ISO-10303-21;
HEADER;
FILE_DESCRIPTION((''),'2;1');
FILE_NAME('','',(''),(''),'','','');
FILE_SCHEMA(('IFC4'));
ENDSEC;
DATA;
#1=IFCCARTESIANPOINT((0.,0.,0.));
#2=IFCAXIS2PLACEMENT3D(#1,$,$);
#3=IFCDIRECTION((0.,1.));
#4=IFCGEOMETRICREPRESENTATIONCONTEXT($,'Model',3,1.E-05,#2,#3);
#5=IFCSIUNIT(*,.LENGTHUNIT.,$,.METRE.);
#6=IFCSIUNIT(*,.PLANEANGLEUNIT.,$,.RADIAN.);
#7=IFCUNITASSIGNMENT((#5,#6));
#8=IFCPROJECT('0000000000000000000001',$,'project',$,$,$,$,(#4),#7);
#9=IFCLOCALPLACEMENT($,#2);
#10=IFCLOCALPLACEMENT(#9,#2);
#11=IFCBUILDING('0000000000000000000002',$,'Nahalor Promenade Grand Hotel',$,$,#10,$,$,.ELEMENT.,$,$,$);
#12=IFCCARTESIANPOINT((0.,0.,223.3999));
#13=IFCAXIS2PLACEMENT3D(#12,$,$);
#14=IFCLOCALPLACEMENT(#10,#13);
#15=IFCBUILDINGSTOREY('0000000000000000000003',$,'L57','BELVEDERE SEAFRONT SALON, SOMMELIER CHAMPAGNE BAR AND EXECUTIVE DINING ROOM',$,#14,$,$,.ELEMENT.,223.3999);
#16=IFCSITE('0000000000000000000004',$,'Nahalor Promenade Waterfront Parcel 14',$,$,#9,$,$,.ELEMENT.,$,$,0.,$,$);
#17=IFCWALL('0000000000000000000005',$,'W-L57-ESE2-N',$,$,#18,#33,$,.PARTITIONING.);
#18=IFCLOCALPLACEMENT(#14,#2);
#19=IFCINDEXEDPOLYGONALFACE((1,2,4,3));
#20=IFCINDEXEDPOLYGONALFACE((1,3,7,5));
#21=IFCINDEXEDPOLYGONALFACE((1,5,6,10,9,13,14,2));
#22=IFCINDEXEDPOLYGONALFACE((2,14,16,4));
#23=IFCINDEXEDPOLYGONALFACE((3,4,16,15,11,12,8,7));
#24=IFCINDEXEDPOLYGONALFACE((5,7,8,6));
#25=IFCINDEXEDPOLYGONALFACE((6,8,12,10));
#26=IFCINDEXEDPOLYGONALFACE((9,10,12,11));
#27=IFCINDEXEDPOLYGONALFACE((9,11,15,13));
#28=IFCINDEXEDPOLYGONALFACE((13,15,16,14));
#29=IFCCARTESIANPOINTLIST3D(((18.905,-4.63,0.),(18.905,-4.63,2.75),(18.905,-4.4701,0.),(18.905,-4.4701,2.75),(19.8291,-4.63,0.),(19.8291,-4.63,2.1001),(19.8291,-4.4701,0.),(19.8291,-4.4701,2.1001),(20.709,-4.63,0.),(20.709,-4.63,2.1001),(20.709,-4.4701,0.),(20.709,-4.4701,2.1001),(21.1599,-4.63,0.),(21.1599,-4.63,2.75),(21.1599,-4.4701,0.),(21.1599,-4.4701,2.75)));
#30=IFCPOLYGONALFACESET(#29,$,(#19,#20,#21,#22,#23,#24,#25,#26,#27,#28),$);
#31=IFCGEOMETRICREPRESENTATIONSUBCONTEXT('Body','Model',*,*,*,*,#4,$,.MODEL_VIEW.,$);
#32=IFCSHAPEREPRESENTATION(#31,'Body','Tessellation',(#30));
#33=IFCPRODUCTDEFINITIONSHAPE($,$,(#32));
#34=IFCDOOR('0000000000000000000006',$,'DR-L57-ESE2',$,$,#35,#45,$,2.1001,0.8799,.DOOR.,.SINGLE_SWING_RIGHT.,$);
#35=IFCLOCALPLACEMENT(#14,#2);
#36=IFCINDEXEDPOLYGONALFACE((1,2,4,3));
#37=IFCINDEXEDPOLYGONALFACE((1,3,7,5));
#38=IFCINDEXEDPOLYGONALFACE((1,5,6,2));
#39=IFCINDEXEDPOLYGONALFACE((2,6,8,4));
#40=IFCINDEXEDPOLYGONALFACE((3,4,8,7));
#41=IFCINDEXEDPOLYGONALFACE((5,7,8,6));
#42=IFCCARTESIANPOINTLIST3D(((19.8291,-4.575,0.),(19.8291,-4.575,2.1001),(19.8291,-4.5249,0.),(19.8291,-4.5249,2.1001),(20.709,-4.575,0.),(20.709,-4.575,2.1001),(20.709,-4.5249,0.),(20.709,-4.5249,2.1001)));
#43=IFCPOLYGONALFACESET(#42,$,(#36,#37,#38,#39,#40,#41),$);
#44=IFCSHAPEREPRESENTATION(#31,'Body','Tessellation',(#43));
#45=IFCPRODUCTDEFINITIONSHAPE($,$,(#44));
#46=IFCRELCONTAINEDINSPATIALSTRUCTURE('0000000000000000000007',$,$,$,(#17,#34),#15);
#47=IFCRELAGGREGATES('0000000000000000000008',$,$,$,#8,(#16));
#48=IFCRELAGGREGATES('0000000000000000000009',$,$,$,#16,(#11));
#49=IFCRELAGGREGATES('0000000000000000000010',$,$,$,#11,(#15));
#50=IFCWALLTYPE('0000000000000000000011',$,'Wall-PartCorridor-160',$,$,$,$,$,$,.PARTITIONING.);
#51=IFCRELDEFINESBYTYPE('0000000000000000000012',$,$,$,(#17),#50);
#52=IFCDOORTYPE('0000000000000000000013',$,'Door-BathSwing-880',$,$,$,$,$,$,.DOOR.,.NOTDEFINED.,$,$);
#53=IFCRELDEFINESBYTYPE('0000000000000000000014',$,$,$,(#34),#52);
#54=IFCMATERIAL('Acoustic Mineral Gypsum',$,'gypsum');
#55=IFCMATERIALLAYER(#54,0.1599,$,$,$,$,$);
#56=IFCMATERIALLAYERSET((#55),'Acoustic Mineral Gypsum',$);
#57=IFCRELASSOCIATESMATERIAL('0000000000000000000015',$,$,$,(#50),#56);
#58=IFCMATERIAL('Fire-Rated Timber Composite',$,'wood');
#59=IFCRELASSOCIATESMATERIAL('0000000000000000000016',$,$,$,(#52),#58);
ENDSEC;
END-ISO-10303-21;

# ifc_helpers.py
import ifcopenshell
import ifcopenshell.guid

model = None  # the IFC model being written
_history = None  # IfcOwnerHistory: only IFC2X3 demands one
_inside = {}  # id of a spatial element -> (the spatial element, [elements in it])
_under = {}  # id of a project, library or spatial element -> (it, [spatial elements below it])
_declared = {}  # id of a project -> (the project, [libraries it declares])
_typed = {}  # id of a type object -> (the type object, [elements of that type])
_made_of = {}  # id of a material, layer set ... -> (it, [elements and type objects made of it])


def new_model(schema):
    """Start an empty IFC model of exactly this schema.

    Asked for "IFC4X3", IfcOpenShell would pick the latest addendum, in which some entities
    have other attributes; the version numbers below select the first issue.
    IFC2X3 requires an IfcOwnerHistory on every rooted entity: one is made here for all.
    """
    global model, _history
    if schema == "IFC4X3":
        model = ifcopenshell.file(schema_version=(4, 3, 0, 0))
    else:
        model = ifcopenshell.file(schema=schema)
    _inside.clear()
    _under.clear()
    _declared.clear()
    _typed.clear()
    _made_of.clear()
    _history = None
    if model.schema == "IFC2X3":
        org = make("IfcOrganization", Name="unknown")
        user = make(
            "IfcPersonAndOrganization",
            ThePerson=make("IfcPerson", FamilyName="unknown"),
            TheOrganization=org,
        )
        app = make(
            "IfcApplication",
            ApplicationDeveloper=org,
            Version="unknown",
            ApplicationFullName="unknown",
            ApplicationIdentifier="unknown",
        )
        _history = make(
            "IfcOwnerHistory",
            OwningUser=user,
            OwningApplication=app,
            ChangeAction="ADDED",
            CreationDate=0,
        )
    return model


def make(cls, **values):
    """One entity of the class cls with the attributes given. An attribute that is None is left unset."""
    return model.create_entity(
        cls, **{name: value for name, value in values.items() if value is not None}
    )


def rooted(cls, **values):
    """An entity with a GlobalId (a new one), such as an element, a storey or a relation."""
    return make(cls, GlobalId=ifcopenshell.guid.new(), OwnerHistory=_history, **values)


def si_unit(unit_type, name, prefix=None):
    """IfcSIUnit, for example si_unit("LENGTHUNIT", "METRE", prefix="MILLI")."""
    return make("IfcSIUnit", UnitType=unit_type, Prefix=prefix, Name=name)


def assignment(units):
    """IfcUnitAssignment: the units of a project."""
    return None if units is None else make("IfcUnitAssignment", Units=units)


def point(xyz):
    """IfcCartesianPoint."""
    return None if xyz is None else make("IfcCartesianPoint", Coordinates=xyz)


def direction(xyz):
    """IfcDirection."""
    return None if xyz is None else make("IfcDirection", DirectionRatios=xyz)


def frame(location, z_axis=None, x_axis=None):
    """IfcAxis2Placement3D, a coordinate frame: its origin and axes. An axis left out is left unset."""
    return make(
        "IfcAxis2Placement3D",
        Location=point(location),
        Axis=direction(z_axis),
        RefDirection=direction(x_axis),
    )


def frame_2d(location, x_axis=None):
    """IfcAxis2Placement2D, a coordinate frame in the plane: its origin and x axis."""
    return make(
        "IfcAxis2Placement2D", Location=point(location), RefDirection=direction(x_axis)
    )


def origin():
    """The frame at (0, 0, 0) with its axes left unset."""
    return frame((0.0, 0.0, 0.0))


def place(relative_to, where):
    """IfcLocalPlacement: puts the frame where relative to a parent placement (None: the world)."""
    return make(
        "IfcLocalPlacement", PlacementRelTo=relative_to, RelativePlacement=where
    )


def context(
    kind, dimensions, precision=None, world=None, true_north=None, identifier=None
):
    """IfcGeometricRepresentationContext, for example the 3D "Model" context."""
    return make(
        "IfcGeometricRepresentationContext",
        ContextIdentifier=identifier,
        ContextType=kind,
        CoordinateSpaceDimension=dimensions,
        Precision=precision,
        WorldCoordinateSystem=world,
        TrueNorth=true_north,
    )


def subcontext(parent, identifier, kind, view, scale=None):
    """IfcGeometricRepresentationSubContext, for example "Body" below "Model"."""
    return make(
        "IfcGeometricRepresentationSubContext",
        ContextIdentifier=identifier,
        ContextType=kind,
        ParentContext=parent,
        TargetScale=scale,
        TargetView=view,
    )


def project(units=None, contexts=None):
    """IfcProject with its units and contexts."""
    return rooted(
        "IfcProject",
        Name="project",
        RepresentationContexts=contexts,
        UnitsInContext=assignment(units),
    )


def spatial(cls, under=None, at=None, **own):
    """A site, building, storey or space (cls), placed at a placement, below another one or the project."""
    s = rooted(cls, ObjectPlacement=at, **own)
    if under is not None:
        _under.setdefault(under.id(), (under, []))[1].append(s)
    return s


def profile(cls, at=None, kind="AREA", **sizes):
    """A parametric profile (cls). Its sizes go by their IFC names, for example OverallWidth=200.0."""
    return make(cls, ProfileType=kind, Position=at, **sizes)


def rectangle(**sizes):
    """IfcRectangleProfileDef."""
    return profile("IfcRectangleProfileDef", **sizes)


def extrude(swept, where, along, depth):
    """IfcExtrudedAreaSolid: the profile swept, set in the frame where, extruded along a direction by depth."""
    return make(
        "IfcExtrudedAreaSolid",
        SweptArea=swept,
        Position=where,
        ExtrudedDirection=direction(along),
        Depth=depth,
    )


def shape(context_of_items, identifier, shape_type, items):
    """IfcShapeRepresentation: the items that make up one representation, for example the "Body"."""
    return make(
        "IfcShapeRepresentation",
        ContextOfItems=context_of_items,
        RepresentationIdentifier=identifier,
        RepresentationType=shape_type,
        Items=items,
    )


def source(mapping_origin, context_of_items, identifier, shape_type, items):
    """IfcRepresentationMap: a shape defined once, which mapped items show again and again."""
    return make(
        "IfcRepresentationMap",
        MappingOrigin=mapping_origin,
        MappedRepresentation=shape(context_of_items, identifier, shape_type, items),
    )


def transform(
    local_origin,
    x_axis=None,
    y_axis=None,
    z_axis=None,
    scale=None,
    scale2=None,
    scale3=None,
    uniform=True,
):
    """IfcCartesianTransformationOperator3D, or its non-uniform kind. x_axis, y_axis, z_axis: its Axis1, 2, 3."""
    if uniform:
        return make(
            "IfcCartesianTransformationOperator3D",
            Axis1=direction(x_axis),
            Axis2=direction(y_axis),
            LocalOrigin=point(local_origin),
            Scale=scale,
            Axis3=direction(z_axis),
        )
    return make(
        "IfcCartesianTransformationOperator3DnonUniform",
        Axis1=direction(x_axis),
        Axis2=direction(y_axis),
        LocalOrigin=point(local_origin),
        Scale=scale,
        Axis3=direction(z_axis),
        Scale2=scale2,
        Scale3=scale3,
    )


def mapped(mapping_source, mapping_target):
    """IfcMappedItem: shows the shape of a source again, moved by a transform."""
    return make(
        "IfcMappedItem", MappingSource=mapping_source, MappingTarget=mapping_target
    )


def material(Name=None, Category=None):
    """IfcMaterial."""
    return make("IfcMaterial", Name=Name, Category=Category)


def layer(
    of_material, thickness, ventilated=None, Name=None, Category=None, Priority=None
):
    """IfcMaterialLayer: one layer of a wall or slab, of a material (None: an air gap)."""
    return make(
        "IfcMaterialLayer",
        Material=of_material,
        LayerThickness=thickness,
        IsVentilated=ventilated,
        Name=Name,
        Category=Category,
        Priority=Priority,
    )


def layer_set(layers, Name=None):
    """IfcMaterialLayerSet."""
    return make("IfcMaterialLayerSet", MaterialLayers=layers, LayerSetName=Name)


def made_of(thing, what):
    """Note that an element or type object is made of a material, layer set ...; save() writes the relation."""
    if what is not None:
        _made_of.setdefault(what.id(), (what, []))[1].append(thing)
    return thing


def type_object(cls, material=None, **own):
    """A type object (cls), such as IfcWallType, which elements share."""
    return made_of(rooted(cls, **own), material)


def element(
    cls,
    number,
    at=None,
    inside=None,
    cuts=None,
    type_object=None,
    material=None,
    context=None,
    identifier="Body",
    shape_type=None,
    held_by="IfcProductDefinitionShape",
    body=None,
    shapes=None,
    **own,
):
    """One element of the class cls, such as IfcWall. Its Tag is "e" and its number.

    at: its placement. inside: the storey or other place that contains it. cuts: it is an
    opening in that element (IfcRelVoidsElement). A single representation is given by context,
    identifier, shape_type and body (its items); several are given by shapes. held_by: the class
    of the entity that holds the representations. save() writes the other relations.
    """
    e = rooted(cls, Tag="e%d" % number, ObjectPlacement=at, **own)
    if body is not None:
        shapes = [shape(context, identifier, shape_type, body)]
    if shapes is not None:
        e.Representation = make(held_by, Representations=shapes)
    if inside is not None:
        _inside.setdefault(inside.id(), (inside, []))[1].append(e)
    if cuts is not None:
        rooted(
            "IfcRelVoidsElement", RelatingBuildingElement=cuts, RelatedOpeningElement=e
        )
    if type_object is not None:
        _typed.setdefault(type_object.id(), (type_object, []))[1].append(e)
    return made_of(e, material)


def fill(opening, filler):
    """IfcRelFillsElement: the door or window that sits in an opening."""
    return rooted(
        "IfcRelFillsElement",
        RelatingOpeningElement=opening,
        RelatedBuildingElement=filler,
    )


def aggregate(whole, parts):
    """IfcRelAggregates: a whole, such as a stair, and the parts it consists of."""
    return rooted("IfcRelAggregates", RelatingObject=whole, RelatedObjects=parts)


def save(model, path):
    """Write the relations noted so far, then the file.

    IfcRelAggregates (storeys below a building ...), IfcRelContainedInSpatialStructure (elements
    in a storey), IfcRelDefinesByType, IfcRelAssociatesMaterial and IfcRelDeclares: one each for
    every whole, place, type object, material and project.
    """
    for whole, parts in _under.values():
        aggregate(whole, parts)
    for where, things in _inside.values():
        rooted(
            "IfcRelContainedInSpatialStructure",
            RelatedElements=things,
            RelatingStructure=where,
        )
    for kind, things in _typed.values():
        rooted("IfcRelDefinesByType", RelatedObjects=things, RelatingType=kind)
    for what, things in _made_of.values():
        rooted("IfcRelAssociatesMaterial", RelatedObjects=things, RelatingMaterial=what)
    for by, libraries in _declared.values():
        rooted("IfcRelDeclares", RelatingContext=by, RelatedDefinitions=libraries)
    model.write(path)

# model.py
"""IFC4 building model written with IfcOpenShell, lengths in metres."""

from ifc_helpers import new_model, si_unit, direction, frame, frame_2d, origin, place, context, subcontext, project, spatial, rectangle, extrude, source, transform, mapped, material, layer, layer_set, type_object, element, fill, save


model = new_model("IFC4")

# Units and contexts
model_context = context("Model", 3, precision=1e-05, world=origin(), true_north=direction((0.0, 1.0)))
body_context = subcontext(model_context, "Body", "Model", "MODEL_VIEW")
ifc_project = project(units=[si_unit("LENGTHUNIT", "METRE"), si_unit("PLANEANGLEUNIT", "RADIAN")], contexts=[model_context])

# Site, building, storey
site_placement = place(None, origin())
site = spatial("IfcSite", under=ifc_project, at=site_placement, Name="Nahalor Promenade Waterfront Parcel 14", CompositionType="ELEMENT", RefElevation=0.0)
building_placement = place(site_placement, origin())
building = spatial("IfcBuilding", under=site, at=building_placement, Name="Nahalor Promenade Grand Hotel", CompositionType="ELEMENT")
storey_placement = place(building_placement, frame((0.0, 0.0, 223.3999)))
storey = spatial("IfcBuildingStorey", under=building, at=storey_placement, Name="L57", Description="BELVEDERE SEAFRONT SALON, SOMMELIER CHAMPAGNE BAR AND EXECUTIVE DINING ROOM", CompositionType="ELEMENT", Elevation=223.3999)

# Wall, opening, door
ifc_material_1 = material(Name="Acoustic Mineral Gypsum", Category="gypsum")
ifc_layer_1 = layer(ifc_material_1, 0.1599)
ifc_layer_set_1 = layer_set([ifc_layer_1], Name="Acoustic Mineral Gypsum")
wall_type_1 = type_object("IfcWallType", Name="Wall-PartCorridor-160", PredefinedType="PARTITIONING", material=ifc_layer_set_1)
ifc_material_2 = material(Name="Fire-Rated Timber Composite", Category="wood")
door_type_1 = type_object("IfcDoorType", Name="Door-BathSwing-880", OperationType="NOTDEFINED", PredefinedType="DOOR", material=ifc_material_2)
shared_shape_1 = source(origin(), body_context, "Body", "SweptSolid", [
    extrude(rectangle(XDim=0.8799, YDim=2.1001, at=frame_2d((0.4399, 1.05))), frame((0.0, 0.0249, 0.0), z_axis=(0.0, -1.0, 0.0), x_axis=(1.0, 0.0, 0.0)), (0.0, 0.0, 1.0), 0.05),
])
shared_shape_2 = source(origin(), body_context, "Body", "SweptSolid", [
    extrude(rectangle(XDim=2.2549, YDim=0.1599, at=frame_2d((1.1274, 0.0))), origin(), (0.0, 0.0, 1.0), 2.75),
])
wall_1_placement = place(storey_placement, frame((18.905, -4.55, 0.0), z_axis=(0.0, 0.0, 1.0), x_axis=(1.0, 0.0, 0.0)))
wall_1 = element("IfcWall", 1, at=wall_1_placement, inside=storey, type_object=wall_type_1, Name="W-L57-ESE2-N", PredefinedType="PARTITIONING", context=body_context, shape_type="MappedRepresentation", body=[
    mapped(shared_shape_2, transform((0.0, 0.0, 0.0), scale=1.0)),
])
opening_1_placement = place(wall_1_placement, frame((0.9241, 0.0, 0.0)))
opening_1 = element("IfcOpeningElement", 2, at=opening_1_placement, cuts=wall_1, PredefinedType="OPENING", context=body_context, shape_type="SweptSolid", body=[
    extrude(rectangle(XDim=0.8799, YDim=2.1001, at=frame_2d((0.4399, 1.05))), frame((0.0, 0.0898, 0.0), z_axis=(0.0, -1.0, 0.0), x_axis=(1.0, 0.0, 0.0)), (0.0, 0.0, 1.0), 0.1799),
])
door_1_placement = place(opening_1_placement, frame((0.8799, 0.0, 0.0), z_axis=(0.0, 0.0, 1.0), x_axis=(-1.0, 0.0, 0.0)))
door_1 = element("IfcDoor", 3, at=door_1_placement, inside=storey, type_object=door_type_1, Name="DR-L57-ESE2", OperationType="SINGLE_SWING_RIGHT", OverallHeight=2.1001, OverallWidth=0.8799, PredefinedType="DOOR", context=body_context, shape_type="MappedRepresentation", body=[
    mapped(shared_shape_1, transform((0.0, 0.0, 0.0), scale=1.0)),
])
fill(opening_1, door_1)

save(model, "model.ifc")
